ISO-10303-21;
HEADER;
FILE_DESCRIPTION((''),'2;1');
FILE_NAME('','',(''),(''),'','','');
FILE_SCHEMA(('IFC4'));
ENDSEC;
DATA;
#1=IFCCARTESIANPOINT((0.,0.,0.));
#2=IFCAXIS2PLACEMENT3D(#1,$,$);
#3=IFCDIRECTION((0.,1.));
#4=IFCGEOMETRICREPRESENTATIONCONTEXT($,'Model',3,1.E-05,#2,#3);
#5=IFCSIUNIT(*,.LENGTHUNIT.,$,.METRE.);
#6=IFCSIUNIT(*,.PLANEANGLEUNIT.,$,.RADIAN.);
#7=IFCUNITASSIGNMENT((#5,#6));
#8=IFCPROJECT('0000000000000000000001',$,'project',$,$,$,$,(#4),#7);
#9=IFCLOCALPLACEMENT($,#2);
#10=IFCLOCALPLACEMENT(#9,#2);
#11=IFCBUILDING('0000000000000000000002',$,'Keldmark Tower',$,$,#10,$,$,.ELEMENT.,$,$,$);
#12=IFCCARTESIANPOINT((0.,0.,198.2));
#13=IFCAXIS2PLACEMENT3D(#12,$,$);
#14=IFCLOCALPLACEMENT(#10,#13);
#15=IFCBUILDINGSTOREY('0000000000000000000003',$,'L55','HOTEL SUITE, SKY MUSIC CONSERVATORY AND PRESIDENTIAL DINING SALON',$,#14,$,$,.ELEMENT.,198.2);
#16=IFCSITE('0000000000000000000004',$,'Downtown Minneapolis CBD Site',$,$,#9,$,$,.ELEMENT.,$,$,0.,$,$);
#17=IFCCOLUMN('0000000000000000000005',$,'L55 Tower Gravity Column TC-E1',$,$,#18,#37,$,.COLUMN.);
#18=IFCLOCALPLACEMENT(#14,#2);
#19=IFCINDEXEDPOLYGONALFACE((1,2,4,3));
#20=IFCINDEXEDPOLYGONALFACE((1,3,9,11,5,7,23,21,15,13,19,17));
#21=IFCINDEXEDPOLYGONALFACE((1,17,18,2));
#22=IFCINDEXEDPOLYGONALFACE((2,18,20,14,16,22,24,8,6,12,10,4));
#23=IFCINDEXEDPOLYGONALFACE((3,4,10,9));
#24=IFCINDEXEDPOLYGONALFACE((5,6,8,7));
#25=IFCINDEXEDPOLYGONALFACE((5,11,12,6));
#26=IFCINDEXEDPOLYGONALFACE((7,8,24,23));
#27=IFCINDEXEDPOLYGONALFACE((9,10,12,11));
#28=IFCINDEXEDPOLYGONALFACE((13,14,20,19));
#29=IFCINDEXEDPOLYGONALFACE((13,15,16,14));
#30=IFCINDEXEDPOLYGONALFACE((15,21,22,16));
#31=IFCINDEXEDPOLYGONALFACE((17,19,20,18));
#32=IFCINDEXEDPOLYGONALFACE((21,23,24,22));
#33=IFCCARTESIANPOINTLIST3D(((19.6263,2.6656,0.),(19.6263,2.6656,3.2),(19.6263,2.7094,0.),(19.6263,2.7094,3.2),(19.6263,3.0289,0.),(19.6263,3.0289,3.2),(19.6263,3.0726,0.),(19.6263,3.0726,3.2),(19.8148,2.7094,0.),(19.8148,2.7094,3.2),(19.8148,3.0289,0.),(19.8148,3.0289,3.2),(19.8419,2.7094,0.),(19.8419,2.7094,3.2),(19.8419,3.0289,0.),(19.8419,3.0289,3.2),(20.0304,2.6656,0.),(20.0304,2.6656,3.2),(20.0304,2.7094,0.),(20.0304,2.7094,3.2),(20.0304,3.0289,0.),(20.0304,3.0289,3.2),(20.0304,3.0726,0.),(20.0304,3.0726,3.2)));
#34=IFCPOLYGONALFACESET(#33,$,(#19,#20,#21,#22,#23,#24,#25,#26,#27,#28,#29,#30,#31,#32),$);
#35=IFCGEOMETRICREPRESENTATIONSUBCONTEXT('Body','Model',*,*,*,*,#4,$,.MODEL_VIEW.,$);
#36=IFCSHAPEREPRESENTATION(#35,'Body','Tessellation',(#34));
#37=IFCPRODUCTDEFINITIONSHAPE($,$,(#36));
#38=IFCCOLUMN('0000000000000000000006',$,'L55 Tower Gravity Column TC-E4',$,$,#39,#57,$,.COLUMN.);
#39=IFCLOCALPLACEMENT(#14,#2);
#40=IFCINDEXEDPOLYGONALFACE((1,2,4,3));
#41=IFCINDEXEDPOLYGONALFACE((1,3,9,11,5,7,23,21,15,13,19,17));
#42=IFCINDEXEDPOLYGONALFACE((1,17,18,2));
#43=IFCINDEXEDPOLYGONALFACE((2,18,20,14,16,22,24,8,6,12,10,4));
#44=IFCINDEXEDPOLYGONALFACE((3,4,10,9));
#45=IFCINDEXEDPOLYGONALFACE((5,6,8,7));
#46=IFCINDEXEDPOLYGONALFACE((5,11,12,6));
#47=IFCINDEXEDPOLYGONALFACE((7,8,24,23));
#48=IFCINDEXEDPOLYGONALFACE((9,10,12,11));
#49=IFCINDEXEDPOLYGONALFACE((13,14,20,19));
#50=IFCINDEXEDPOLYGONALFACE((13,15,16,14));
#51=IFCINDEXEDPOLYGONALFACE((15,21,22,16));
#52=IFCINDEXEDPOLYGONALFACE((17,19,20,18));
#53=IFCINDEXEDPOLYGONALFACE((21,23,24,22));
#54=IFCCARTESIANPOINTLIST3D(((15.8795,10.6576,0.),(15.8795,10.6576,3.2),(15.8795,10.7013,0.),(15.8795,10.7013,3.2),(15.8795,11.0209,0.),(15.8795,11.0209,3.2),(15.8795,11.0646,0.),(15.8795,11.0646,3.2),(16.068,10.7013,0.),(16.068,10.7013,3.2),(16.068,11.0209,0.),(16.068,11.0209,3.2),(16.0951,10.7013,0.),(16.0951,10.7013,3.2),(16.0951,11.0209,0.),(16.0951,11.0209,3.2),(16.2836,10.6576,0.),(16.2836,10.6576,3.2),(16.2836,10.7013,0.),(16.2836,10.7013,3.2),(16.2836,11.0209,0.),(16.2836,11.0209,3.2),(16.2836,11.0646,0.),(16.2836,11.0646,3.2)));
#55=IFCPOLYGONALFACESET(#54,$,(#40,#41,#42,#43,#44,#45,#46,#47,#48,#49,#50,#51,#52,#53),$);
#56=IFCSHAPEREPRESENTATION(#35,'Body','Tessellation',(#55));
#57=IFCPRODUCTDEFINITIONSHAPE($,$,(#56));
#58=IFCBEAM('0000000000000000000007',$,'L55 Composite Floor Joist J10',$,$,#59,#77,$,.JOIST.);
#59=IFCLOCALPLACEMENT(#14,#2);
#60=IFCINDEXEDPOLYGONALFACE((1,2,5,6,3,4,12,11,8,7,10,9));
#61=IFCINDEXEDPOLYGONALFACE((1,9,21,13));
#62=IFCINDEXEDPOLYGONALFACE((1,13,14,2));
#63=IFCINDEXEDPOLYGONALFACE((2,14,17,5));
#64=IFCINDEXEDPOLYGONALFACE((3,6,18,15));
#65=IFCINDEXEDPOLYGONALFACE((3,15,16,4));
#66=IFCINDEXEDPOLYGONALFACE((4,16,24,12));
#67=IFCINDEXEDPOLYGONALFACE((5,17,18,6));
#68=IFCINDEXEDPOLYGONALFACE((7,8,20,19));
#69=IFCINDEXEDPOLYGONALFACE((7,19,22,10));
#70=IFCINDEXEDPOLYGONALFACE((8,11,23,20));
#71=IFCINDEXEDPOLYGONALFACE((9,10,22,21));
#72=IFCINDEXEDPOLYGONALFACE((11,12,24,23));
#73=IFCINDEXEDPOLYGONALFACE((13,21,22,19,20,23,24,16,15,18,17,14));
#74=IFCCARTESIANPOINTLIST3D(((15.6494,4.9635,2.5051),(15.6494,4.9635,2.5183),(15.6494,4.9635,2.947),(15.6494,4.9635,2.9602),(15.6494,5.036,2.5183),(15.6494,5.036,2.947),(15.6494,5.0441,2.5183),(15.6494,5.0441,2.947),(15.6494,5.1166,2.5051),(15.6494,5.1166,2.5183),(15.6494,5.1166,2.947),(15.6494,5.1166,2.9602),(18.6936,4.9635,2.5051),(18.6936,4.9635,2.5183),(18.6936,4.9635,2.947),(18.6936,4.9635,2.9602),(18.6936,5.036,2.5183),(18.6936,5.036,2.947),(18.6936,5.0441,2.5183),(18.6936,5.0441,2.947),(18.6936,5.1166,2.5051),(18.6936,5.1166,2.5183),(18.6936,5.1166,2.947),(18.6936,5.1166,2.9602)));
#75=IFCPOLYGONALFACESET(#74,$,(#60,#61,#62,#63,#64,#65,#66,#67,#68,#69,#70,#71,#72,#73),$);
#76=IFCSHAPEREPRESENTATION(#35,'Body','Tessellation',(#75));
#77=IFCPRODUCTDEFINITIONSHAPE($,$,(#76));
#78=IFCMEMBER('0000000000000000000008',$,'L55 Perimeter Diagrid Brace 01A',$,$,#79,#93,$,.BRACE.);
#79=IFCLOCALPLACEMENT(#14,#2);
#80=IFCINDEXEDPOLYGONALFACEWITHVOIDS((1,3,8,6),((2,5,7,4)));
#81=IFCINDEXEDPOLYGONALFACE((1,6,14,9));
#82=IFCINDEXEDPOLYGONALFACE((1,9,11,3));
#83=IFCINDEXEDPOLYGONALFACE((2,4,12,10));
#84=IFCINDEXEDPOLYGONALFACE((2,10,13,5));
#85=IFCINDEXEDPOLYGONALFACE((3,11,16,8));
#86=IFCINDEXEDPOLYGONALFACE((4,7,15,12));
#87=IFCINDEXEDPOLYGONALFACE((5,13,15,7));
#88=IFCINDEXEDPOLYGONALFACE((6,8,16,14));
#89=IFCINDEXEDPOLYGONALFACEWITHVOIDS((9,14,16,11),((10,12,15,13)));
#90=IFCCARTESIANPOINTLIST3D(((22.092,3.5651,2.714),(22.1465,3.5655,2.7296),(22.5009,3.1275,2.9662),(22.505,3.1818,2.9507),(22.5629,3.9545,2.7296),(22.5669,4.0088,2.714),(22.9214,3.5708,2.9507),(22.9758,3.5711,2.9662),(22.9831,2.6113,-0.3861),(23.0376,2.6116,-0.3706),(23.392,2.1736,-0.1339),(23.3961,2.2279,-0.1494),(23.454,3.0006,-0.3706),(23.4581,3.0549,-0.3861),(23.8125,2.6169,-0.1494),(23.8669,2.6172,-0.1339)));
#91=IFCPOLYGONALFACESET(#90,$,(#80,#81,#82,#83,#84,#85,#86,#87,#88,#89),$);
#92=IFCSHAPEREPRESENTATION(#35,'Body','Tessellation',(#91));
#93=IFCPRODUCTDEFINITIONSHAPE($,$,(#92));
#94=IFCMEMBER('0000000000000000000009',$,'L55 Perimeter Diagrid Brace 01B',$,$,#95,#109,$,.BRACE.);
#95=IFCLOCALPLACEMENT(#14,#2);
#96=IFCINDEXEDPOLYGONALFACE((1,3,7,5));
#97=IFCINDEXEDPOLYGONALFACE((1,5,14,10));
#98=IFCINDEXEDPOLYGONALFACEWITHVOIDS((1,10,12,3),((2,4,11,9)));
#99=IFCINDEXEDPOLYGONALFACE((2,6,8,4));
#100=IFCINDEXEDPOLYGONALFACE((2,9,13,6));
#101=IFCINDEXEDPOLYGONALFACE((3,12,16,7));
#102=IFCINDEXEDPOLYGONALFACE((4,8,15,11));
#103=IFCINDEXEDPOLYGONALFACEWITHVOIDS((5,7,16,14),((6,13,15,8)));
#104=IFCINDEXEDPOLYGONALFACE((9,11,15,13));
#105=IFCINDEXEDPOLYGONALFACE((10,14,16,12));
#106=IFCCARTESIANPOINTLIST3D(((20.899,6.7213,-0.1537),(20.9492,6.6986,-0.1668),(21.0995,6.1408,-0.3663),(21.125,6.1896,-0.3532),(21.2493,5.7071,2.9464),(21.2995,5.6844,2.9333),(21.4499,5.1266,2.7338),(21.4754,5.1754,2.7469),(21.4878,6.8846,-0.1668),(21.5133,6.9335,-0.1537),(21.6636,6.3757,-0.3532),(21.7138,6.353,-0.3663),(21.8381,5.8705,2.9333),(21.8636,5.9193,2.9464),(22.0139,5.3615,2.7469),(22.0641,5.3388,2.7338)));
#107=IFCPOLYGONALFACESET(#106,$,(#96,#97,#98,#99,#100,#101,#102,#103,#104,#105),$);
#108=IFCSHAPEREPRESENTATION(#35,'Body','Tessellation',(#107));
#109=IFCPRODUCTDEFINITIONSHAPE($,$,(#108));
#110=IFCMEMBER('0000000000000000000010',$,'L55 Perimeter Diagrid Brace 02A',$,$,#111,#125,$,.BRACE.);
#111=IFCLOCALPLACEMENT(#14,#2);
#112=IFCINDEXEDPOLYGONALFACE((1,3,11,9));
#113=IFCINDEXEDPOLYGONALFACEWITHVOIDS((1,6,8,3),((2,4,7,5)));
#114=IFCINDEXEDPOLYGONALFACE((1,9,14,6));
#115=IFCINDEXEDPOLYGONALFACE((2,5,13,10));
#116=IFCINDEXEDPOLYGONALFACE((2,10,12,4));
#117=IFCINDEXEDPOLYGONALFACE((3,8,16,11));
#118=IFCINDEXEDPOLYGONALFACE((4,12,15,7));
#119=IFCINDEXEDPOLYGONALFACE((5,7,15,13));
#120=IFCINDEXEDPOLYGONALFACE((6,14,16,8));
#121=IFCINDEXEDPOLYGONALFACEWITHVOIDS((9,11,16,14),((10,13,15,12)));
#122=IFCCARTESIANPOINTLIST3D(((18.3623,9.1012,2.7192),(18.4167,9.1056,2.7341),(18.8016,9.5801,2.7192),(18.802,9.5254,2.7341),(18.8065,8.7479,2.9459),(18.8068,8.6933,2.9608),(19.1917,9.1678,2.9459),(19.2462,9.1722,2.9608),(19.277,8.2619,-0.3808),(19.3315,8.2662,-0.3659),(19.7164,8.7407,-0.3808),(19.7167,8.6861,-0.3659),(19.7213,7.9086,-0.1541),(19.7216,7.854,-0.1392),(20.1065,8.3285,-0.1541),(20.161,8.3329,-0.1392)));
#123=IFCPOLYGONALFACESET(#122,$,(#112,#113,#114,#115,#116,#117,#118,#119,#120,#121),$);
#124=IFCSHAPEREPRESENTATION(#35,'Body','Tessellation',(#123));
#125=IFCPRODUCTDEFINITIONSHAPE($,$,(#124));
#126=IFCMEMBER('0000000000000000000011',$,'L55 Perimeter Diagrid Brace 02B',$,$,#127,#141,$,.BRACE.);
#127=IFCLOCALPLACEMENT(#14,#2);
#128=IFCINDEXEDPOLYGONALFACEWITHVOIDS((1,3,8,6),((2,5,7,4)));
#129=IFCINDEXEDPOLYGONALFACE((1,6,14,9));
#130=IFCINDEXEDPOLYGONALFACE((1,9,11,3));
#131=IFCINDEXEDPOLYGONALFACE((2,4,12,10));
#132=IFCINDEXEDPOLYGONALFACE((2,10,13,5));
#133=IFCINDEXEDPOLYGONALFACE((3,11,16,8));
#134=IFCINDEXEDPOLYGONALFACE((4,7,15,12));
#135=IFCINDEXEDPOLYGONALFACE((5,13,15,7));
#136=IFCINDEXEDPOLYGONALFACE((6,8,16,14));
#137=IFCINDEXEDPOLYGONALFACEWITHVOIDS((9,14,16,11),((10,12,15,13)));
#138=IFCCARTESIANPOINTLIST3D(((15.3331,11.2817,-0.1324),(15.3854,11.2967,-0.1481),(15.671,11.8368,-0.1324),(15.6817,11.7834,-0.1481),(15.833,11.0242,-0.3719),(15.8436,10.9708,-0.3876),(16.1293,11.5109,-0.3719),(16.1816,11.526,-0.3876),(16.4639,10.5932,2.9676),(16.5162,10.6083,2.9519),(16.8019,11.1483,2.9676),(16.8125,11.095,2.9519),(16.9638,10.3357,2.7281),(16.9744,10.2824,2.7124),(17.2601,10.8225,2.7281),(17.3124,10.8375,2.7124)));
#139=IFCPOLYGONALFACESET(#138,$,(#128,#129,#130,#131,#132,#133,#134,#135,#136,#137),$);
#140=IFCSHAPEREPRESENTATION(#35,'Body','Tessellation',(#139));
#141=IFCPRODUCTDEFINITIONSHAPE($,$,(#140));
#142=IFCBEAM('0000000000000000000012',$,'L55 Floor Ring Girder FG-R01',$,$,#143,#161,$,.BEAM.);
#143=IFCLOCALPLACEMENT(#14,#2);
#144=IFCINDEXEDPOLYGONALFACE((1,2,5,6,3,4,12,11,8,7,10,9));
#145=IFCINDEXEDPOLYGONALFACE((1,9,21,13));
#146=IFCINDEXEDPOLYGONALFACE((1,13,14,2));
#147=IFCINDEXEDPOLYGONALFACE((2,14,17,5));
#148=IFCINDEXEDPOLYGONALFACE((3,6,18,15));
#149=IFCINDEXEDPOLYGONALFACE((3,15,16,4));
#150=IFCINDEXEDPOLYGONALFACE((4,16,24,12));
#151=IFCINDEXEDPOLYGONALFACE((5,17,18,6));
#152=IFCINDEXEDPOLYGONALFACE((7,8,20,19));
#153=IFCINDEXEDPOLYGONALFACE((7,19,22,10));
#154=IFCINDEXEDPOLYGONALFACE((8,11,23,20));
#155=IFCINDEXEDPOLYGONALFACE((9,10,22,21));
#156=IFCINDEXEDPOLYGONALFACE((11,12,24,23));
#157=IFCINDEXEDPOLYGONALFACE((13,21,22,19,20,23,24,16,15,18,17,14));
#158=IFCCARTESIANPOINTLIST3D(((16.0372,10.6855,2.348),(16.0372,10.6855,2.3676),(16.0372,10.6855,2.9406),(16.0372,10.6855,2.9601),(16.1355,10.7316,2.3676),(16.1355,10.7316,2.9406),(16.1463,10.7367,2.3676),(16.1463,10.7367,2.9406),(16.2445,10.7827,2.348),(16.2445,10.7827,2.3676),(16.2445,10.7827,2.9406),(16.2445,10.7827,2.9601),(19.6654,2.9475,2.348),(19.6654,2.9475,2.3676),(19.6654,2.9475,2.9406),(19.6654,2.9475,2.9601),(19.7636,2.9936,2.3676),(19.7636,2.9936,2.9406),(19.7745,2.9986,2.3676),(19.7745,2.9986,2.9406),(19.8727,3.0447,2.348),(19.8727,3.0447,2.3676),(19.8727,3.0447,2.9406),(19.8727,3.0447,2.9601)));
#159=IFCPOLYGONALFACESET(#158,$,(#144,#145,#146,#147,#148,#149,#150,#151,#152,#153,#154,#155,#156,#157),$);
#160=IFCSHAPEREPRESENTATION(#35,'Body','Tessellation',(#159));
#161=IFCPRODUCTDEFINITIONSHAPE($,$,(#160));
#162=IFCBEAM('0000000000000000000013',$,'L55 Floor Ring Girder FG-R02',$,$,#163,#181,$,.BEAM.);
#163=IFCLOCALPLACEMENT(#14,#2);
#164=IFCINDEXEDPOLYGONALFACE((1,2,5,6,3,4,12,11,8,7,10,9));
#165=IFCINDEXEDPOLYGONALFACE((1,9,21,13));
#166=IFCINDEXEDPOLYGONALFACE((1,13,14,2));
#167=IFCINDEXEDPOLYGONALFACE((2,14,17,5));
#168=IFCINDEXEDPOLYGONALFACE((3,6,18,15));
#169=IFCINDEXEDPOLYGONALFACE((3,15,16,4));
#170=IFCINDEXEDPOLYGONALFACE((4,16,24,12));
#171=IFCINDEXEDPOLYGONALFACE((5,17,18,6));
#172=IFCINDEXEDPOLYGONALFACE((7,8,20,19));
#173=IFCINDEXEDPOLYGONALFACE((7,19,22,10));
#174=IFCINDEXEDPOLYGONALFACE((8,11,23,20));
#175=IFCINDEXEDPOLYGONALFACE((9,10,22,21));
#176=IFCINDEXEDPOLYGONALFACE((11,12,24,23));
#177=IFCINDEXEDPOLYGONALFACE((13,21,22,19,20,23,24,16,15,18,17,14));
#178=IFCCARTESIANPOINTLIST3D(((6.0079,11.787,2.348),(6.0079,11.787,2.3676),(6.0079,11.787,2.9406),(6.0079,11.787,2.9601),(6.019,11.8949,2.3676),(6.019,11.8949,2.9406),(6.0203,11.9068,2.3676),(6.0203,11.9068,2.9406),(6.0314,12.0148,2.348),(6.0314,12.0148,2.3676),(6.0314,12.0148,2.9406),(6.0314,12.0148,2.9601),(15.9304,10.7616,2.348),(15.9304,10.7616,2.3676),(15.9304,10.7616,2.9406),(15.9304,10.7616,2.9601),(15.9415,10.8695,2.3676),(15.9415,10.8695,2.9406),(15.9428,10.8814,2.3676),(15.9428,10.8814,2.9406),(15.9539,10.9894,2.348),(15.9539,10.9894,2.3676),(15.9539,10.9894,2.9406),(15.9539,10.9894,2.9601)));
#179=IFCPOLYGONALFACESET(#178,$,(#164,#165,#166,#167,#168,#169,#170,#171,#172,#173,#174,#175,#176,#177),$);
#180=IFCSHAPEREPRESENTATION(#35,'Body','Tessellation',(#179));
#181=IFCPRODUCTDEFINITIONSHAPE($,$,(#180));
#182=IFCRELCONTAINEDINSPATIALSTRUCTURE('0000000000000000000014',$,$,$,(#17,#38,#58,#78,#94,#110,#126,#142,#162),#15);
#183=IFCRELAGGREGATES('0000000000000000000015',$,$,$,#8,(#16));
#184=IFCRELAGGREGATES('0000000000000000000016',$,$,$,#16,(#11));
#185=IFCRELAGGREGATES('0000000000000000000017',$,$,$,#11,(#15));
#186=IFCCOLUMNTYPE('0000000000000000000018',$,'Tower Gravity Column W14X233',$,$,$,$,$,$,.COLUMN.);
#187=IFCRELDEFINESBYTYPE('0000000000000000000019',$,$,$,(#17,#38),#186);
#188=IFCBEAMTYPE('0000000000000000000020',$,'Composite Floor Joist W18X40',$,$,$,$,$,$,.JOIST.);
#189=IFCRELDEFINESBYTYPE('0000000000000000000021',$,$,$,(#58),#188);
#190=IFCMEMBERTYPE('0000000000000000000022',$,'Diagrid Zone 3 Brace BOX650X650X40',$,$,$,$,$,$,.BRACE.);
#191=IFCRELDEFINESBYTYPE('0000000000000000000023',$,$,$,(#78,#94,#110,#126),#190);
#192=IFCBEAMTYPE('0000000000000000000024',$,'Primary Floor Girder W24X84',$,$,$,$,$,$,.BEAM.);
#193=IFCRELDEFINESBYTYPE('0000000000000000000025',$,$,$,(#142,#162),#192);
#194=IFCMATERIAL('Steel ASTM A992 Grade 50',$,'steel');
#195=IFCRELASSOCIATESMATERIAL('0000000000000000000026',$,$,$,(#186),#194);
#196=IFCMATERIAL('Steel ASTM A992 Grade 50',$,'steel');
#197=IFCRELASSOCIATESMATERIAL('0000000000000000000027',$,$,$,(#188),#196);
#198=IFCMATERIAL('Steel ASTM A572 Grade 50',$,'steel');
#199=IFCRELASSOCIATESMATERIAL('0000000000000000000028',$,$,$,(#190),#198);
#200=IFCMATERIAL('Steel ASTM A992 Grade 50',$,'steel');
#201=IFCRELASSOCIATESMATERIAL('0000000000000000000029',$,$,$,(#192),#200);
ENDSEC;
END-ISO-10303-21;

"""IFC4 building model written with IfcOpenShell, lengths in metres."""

from ifc_helpers import new_model, si_unit, direction, frame, origin, origin_2d, place, context, subcontext, project, spatial, hollow_rectangle, i_section, extrude, material, material_profile, profile_set, type_object, element, save


model = new_model("IFC4")

# Units and contexts
model_context = context("Model", 3, precision=1e-05, world=origin(), true_north=direction((0.0, 1.0)))
body_context = subcontext(model_context, "Body", "Model", "MODEL_VIEW")
ifc_project = project(units=[si_unit("LENGTHUNIT", "METRE"), si_unit("PLANEANGLEUNIT", "RADIAN")], contexts=[model_context])

# Site, building, storey
site_placement = place(None, origin())
site = spatial("IfcSite", under=ifc_project, at=site_placement, Name="Downtown Minneapolis CBD Site", CompositionType="ELEMENT", RefElevation=0.0)
building_placement = place(site_placement, origin())
building = spatial("IfcBuilding", under=site, at=building_placement, Name="Keldmark Tower", CompositionType="ELEMENT")
storey_placement = place(building_placement, frame((0.0, 0.0, 198.2)))
storey = spatial("IfcBuildingStorey", under=building, at=storey_placement, Name="L55", Description="HOTEL SUITE, SKY MUSIC CONSERVATORY AND PRESIDENTIAL DINING SALON", CompositionType="ELEMENT", Elevation=198.2)

# Columns
ifc_material_1 = material(Name="Steel ASTM A992 Grade 50", Category="steel")
ifc_material_profile_1 = material_profile(ifc_material_1, i_section(OverallWidth=0.4041, OverallDepth=0.407, WebThickness=0.0271, FlangeThickness=0.0437, at=origin_2d()), Name="W14X233")
ifc_profile_set_1 = profile_set([ifc_material_profile_1], Name="Steel ASTM A992 Grade 50")
column_type = type_object("IfcColumnType", Name="Tower Gravity Column W14X233", PredefinedType="COLUMN", material=ifc_profile_set_1)
for number, where, z_axis, x_axis, name in (
    (1, (19.8284, 2.8691, 0.0), (0.0, 0.0, 1.0), (1.0, 0.0, 0.0), "L55 Tower Gravity Column TC-E1"),
    (2, (16.0815, 10.8611, 0.0), (0.0, 0.0, 1.0), (1.0, 0.0, 0.0), "L55 Tower Gravity Column TC-E4"),
):
    element("IfcColumn", number, at=place(storey_placement, frame(where, z_axis=z_axis, x_axis=x_axis)), inside=storey, type_object=column_type, Name=name, PredefinedType="COLUMN", context=body_context, shape_type="SweptSolid", body=[
        extrude(i_section(OverallWidth=0.4041, OverallDepth=0.407, WebThickness=0.0271, FlangeThickness=0.0437, at=origin_2d()), origin(), (0.0, 0.0, 1.0), 3.2),
    ])

# Beam
ifc_material_2 = material(Name="Steel ASTM A992 Grade 50", Category="steel")
ifc_material_profile_2 = material_profile(ifc_material_2, i_section(OverallWidth=0.1531, OverallDepth=0.4551, WebThickness=0.0081, FlangeThickness=0.0132, at=origin_2d()), Name="W18X40")
ifc_profile_set_2 = profile_set([ifc_material_profile_2], Name="Steel ASTM A992 Grade 50")
beam_type_1 = type_object("IfcBeamType", Name="Composite Floor Joist W18X40", PredefinedType="JOIST", material=ifc_profile_set_2)
beam_1_placement = place(storey_placement, frame((15.6494, 5.04, 2.7327), z_axis=(1.0, 0.0, 0.0), x_axis=(0.0, 1.0, 0.0)))
element("IfcBeam", 3, at=beam_1_placement, inside=storey, type_object=beam_type_1, Name="L55 Composite Floor Joist J10", PredefinedType="JOIST", context=body_context, shape_type="SweptSolid", body=[
    extrude(i_section(OverallWidth=0.1531, OverallDepth=0.4551, WebThickness=0.0081, FlangeThickness=0.0132, at=origin_2d()), origin(), (0.0, 0.0, 1.0), 3.0442),
])

# Members
ifc_material_3 = material(Name="Steel ASTM A572 Grade 50", Category="steel")
ifc_material_profile_3 = material_profile(ifc_material_3, hollow_rectangle(XDim=0.6499, YDim=0.6499, WallThickness=0.04, at=origin_2d()), Name="BOX650X650X40")
ifc_profile_set_3 = profile_set([ifc_material_profile_3], Name="Steel ASTM A572 Grade 50")
member_type = type_object("IfcMemberType", Name="Diagrid Zone 3 Brace BOX650X650X40", PredefinedType="BRACE", material=ifc_profile_set_3)
member_1_placement = place(storey_placement, frame((23.425, 2.6143, -0.26), z_axis=(-0.26492, 0.283573, 0.921631), x_axis=(-0.730732, -0.682665, 0.0)))
element("IfcMember", 4, at=member_1_placement, inside=storey, type_object=member_type, Name="L55 Perimeter Diagrid Brace 01A", PredefinedType="BRACE", context=body_context, shape_type="SweptSolid", body=[
    extrude(hollow_rectangle(XDim=0.6499, YDim=0.6499, WallThickness=0.04, at=origin_2d()), origin(), (0.0, 0.0, 1.0), 3.3638),
])
member_2_placement = place(storey_placement, frame((21.3064, 6.5371, -0.26), z_axis=(0.106794, -0.309145, 0.945), x_axis=(0.945191, 0.326517, 0.0)))
element("IfcMember", 5, at=member_2_placement, inside=storey, type_object=member_type, Name="L55 Perimeter Diagrid Brace 01B", PredefinedType="BRACE", context=body_context, shape_type="SweptSolid", body=[
    extrude(hollow_rectangle(XDim=0.6499, YDim=0.6499, WallThickness=0.04, at=origin_2d()), origin(), (0.0, 0.0, 1.0), 3.2805),
])
member_3_placement = place(storey_placement, frame((19.719, 8.2974, -0.26), z_axis=(-0.273935, 0.251345, 0.928324), x_axis=(-0.676072, -0.736836, 0.0)))
element("IfcMember", 6, at=member_3_placement, inside=storey, type_object=member_type, Name="L55 Perimeter Diagrid Brace 02A", PredefinedType="BRACE", context=body_context, shape_type="SweptSolid", body=[
    extrude(hollow_rectangle(XDim=0.6499, YDim=0.6499, WallThickness=0.04, at=origin_2d()), origin(), (0.0, 0.0, 1.0), 3.3394),
])
member_4_placement = place(storey_placement, frame((15.7573, 11.4038, -0.26), z_axis=(0.33547, -0.204237, 0.919645), x_axis=(0.520017, 0.854156, 0.0)))
element("IfcMember", 7, at=member_4_placement, inside=storey, type_object=member_type, Name="L55 Perimeter Diagrid Brace 02B", PredefinedType="BRACE", context=body_context, shape_type="SweptSolid", body=[
    extrude(hollow_rectangle(XDim=0.6499, YDim=0.6499, WallThickness=0.04, at=origin_2d()), origin(), (0.0, 0.0, 1.0), 3.3708),
])

# Beams
ifc_material_4 = material(Name="Steel ASTM A992 Grade 50", Category="steel")
ifc_material_profile_4 = material_profile(ifc_material_4, i_section(OverallWidth=0.229, OverallDepth=0.6121, WebThickness=0.012, FlangeThickness=0.0195, at=origin_2d()), Name="W24X84")
ifc_profile_set_4 = profile_set([ifc_material_profile_4], Name="Steel ASTM A992 Grade 50")
beam_type_2 = type_object("IfcBeamType", Name="Primary Floor Girder W24X84", PredefinedType="BEAM", material=ifc_profile_set_4)
beam_2_placement = place(storey_placement, frame((19.769, 2.9961, 2.6541), z_axis=(-0.424527, 0.905415, 0.0), x_axis=(-0.905415, -0.424527, 0.0)))
element("IfcBeam", 8, at=beam_2_placement, inside=storey, type_object=beam_type_2, Name="L55 Floor Ring Girder FG-R01", PredefinedType="BEAM", context=body_context, shape_type="SweptSolid", body=[
    extrude(i_section(OverallWidth=0.229, OverallDepth=0.6121, WebThickness=0.012, FlangeThickness=0.0195, at=origin_2d()), origin(), (0.0, 0.0, 1.0), 8.5464),
])
beam_3_placement = place(storey_placement, frame((15.9421, 10.8755, 2.6541), z_axis=(-0.994703, 0.102791, 0.0), x_axis=(-0.102791, -0.994703, 0.0)))
element("IfcBeam", 9, at=beam_3_placement, inside=storey, type_object=beam_type_2, Name="L55 Floor Ring Girder FG-R02", PredefinedType="BEAM", context=body_context, shape_type="SweptSolid", body=[
    extrude(i_section(OverallWidth=0.229, OverallDepth=0.6121, WebThickness=0.012, FlangeThickness=0.0195, at=origin_2d()), origin(), (0.0, 0.0, 1.0), 9.9753),
])

save(model, "model.ifc")
